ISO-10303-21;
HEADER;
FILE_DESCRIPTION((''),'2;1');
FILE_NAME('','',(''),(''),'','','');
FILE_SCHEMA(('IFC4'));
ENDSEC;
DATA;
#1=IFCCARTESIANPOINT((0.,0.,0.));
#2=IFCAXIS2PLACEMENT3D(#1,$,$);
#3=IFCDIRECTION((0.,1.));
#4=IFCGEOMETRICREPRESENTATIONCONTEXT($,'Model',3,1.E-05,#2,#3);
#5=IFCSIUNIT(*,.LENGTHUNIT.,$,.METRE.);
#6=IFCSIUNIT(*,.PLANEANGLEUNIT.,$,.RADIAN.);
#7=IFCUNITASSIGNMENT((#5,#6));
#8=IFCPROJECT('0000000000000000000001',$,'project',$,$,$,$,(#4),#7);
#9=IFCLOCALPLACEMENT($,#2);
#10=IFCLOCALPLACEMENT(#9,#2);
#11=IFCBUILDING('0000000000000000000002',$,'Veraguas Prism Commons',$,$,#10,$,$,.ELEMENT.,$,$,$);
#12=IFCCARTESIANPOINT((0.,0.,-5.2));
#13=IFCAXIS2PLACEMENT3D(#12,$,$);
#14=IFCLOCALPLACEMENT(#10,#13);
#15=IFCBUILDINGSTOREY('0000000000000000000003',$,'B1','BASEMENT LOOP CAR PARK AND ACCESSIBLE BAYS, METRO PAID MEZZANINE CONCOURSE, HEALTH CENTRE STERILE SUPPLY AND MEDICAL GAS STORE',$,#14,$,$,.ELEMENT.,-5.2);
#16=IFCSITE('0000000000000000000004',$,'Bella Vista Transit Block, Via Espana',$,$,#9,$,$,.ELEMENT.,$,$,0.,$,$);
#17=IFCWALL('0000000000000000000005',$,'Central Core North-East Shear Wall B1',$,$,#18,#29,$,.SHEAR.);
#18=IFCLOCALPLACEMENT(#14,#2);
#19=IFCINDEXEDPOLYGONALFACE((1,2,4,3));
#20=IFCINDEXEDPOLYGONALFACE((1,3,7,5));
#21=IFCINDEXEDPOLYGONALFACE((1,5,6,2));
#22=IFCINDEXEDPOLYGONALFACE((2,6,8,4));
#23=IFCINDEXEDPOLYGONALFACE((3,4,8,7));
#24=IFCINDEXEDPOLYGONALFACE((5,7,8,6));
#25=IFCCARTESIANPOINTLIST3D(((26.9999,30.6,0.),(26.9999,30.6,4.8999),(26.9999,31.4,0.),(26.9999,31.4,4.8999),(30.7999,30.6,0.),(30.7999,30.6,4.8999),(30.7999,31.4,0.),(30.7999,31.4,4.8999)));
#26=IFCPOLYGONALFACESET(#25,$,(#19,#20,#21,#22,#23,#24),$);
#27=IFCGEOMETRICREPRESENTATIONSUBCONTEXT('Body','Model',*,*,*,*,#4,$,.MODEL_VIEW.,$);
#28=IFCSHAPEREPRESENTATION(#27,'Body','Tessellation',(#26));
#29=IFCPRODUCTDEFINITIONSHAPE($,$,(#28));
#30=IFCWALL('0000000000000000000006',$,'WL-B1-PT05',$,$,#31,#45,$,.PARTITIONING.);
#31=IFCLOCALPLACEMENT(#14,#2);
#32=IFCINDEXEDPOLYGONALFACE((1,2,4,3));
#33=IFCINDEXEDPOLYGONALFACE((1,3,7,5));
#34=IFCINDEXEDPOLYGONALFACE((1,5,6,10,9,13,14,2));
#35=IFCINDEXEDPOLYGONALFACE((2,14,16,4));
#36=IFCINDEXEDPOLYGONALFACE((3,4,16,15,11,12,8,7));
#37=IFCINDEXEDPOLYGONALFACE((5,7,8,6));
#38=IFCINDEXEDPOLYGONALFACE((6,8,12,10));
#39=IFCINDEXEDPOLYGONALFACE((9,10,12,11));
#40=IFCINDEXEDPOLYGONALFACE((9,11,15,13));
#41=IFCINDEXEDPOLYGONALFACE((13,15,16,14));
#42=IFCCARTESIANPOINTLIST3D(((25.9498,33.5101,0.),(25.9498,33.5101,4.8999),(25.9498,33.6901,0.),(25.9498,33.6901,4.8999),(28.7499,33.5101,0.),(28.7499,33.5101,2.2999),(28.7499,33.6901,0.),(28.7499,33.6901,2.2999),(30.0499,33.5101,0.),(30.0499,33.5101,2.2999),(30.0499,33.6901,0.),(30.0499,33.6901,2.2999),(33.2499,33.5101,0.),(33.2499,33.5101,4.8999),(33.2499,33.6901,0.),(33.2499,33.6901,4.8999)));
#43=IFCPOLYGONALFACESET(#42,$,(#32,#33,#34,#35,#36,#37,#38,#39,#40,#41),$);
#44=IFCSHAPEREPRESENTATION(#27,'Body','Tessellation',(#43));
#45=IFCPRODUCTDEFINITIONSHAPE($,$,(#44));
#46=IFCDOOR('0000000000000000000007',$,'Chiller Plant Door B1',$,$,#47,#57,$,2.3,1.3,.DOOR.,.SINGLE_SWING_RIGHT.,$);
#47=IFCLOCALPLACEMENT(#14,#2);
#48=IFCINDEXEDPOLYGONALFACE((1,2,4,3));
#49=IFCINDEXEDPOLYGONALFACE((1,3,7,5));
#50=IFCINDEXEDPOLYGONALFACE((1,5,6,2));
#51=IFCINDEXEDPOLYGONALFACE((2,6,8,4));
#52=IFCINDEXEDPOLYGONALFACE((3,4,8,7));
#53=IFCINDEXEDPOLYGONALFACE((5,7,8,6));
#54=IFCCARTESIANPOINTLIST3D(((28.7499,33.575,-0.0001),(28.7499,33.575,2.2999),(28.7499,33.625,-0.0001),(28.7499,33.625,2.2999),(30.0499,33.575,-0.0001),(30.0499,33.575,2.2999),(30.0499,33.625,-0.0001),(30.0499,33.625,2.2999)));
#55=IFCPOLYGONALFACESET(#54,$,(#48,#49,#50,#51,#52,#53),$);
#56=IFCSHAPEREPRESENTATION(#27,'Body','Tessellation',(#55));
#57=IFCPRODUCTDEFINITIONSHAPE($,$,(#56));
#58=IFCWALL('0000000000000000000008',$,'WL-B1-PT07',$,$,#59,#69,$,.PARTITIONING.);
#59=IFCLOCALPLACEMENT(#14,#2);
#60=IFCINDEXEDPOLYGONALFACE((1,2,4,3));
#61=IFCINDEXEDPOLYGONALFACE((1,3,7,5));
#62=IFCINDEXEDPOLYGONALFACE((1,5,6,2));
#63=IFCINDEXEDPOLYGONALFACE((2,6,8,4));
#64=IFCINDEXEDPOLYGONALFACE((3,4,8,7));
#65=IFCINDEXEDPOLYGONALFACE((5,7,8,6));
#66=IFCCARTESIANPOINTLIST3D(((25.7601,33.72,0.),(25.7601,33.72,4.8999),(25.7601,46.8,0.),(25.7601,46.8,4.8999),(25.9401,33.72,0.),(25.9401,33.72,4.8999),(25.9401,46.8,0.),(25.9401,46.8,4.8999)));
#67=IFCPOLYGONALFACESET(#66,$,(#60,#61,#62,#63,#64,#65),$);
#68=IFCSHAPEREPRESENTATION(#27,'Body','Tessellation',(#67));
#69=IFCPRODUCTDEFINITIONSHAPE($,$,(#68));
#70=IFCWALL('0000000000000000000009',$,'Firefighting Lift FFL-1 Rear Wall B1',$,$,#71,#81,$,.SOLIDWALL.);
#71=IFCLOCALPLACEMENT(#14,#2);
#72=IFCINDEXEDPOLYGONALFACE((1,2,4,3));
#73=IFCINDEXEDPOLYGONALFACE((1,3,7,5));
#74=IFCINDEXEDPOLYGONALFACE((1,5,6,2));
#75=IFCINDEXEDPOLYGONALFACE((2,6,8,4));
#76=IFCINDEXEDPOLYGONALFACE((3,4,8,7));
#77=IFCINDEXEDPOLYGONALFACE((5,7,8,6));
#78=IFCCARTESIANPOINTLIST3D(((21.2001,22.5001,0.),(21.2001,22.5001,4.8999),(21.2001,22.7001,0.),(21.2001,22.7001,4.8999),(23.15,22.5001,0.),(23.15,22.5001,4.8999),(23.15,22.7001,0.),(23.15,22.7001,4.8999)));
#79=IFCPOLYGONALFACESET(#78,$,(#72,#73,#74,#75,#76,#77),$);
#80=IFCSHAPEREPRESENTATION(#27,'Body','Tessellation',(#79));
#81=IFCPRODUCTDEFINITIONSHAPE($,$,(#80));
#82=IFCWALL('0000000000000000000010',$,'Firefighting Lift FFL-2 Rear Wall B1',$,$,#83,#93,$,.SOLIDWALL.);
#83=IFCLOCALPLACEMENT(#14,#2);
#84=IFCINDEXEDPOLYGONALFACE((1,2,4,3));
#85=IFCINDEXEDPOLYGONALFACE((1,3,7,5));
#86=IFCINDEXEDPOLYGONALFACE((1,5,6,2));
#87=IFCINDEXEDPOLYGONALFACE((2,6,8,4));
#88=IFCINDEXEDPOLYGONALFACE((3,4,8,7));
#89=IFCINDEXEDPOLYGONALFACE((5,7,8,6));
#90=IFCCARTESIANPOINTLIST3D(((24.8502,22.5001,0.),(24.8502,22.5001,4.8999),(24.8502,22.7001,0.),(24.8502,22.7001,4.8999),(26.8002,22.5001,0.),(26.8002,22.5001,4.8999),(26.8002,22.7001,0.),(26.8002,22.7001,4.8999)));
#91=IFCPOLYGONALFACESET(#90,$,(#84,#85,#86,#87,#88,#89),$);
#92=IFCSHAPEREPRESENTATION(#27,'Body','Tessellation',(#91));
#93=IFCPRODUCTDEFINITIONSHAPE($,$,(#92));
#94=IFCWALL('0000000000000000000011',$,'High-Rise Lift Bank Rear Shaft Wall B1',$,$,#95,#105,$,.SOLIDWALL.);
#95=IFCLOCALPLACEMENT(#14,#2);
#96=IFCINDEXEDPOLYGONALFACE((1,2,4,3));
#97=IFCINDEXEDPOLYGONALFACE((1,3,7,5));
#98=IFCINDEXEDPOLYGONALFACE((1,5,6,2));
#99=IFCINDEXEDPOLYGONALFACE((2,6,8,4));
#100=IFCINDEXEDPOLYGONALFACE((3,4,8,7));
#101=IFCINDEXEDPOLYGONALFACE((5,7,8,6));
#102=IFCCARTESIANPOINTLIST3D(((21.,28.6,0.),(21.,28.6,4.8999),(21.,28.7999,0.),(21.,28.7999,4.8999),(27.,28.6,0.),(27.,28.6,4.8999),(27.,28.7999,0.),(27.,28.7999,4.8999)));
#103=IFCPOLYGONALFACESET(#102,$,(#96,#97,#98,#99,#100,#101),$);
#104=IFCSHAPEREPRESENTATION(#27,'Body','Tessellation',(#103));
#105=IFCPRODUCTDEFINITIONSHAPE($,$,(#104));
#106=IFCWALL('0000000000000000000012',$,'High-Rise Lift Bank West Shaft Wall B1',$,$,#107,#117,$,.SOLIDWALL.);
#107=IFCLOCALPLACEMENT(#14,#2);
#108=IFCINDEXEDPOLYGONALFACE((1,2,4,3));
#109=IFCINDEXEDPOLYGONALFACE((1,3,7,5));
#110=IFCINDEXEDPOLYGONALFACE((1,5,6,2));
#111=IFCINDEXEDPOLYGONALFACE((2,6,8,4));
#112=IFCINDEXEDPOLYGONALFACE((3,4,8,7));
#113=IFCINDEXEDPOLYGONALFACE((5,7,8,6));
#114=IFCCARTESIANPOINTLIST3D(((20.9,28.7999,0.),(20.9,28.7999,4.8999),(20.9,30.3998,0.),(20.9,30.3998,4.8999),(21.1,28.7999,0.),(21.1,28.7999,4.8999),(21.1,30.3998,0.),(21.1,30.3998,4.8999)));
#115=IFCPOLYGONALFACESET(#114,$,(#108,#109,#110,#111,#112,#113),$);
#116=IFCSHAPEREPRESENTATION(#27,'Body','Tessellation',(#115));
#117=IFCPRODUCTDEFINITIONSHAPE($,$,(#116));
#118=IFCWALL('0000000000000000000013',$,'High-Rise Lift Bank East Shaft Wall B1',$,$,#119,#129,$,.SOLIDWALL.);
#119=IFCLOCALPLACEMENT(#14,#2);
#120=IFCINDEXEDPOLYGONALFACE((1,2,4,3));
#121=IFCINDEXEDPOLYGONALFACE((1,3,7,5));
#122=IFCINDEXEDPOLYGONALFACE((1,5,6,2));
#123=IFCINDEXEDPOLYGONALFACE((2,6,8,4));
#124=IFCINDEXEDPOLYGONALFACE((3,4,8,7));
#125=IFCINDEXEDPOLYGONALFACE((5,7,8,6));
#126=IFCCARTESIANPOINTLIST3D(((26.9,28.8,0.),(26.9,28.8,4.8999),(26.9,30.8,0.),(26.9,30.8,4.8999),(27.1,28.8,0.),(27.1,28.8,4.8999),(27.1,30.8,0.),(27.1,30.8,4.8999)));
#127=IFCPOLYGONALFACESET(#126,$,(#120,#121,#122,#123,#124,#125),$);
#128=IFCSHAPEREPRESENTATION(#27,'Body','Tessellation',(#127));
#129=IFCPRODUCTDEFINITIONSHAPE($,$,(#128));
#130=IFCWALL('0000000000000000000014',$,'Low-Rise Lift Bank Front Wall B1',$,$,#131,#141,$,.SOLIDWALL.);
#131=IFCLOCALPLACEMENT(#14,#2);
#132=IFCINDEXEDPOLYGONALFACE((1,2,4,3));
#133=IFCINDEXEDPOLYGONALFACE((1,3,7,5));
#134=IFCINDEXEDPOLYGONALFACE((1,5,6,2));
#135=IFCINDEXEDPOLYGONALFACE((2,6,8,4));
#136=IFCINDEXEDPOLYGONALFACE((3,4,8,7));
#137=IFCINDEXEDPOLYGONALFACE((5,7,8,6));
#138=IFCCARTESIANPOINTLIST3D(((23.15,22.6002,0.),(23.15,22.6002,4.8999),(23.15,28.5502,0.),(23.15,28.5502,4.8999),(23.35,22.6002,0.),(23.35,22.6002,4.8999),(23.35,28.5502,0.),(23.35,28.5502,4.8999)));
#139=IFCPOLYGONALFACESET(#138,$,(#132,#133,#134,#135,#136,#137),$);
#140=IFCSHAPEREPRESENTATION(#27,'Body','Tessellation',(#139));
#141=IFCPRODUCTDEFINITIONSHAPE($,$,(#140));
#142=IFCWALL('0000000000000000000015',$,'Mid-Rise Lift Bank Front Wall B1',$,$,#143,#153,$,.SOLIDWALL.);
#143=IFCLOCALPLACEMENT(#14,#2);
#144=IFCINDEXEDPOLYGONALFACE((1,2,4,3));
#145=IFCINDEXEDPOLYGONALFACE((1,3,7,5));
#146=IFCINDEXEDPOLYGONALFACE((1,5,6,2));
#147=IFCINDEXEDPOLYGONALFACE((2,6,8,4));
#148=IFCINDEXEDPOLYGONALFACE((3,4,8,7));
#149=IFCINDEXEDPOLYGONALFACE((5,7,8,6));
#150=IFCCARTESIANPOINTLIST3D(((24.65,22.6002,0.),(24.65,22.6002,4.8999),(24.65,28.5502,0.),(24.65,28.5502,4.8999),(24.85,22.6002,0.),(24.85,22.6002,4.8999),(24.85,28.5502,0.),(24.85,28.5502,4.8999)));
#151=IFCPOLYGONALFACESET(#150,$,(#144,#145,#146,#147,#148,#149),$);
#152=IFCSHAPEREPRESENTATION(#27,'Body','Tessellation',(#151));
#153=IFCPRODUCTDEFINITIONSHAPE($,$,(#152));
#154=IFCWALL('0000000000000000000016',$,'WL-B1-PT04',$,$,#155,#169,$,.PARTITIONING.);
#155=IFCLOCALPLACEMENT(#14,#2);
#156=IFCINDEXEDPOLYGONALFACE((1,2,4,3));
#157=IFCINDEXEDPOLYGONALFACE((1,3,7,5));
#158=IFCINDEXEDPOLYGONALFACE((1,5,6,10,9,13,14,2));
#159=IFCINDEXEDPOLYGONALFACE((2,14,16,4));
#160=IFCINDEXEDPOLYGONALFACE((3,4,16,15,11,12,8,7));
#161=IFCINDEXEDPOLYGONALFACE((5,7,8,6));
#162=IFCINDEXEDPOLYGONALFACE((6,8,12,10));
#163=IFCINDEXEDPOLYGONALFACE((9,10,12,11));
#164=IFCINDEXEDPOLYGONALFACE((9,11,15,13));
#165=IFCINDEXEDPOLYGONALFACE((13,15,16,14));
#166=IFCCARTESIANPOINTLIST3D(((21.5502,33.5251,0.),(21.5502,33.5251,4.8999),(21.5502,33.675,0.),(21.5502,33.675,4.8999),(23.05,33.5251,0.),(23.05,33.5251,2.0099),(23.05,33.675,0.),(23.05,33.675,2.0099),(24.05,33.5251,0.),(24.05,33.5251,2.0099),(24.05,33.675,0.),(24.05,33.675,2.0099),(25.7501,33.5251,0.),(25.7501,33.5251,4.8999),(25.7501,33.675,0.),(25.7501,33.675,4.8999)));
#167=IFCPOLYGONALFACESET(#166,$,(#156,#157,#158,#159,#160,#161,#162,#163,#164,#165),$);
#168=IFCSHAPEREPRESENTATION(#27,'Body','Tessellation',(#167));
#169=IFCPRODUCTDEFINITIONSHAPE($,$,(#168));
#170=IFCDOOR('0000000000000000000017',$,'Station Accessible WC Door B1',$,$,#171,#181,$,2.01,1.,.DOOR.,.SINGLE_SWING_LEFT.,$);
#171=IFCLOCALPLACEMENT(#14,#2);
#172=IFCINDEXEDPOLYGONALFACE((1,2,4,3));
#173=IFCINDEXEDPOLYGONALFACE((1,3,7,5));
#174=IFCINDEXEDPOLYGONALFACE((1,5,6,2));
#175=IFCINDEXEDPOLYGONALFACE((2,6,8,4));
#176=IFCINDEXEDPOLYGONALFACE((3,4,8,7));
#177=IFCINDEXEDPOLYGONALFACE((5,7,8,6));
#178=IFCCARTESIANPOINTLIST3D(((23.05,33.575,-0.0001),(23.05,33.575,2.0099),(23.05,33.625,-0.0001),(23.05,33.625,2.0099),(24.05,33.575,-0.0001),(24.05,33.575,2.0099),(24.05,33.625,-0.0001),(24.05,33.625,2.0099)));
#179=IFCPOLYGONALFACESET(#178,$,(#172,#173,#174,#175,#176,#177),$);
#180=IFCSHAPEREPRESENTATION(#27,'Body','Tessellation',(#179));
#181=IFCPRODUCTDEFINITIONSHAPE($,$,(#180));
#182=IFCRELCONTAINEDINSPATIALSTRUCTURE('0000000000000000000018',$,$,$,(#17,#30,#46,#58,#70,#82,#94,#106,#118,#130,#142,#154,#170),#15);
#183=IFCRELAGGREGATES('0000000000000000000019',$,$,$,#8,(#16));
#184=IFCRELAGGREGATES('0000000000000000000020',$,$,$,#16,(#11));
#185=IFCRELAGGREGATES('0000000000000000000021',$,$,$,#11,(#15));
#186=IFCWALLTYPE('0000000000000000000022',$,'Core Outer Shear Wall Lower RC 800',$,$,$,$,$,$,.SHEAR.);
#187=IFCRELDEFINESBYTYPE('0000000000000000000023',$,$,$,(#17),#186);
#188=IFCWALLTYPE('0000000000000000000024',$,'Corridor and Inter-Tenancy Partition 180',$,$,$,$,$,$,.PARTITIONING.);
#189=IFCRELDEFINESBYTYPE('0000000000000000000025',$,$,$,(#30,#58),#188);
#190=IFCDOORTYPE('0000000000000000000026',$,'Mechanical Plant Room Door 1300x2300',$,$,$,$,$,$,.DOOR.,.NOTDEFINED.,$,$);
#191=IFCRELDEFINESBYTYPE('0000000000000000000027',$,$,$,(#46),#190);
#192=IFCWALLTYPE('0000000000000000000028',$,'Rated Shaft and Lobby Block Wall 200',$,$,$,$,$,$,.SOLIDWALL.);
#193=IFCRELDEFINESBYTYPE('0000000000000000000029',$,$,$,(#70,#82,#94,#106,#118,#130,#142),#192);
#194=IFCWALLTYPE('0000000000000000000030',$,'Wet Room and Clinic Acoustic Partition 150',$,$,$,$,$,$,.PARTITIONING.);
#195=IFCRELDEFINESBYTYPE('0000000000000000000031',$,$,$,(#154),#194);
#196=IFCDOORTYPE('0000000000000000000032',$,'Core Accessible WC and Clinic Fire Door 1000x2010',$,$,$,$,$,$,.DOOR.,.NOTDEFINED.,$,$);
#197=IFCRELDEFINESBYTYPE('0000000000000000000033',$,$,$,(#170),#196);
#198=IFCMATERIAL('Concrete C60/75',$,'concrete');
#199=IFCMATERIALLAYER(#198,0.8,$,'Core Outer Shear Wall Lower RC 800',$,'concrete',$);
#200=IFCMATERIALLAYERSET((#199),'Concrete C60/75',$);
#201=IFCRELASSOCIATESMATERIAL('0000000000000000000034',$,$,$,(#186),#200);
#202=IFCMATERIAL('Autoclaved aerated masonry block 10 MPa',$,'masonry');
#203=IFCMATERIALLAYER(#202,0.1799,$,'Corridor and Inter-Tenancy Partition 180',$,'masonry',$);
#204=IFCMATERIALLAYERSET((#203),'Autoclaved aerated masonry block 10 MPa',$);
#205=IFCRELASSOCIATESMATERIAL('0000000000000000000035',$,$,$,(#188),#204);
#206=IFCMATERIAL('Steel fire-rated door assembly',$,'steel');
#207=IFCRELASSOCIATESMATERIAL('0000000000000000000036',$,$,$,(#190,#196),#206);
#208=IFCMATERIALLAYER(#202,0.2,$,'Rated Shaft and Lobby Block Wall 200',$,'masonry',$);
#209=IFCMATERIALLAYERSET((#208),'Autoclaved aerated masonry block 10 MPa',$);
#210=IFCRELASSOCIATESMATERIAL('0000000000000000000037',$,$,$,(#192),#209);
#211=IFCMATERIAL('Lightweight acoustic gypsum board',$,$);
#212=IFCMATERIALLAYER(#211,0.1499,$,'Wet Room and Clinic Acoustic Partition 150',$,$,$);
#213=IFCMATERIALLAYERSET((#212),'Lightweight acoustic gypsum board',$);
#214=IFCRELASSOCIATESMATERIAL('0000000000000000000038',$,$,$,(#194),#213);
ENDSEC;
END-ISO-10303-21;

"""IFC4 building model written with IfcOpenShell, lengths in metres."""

from ifc_helpers import new_model, si_unit, direction, frame, frame_2d, origin, place, context, subcontext, project, spatial, rectangle, extrude, source, transform, mapped, material, layer, layer_set, type_object, element, fill, save


model = new_model("IFC4")

# Units and contexts
model_context = context("Model", 3, precision=1e-05, world=origin(), true_north=direction((0.0, 1.0)))
body_context = subcontext(model_context, "Body", "Model", "MODEL_VIEW")
ifc_project = project(units=[si_unit("LENGTHUNIT", "METRE"), si_unit("PLANEANGLEUNIT", "RADIAN")], contexts=[model_context])

# Site, building, storey
site_placement = place(None, origin())
site = spatial("IfcSite", under=ifc_project, at=site_placement, Name="Bella Vista Transit Block, Via Espana", CompositionType="ELEMENT", RefElevation=0.0)
building_placement = place(site_placement, origin())
building = spatial("IfcBuilding", under=site, at=building_placement, Name="Veraguas Prism Commons", CompositionType="ELEMENT")
storey_placement = place(building_placement, frame((0.0, 0.0, -5.2)))
storey = spatial("IfcBuildingStorey", under=building, at=storey_placement, Name="B1", Description="BASEMENT LOOP CAR PARK AND ACCESSIBLE BAYS, METRO PAID MEZZANINE CONCOURSE, HEALTH CENTRE STERILE SUPPLY AND MEDICAL GAS STORE", CompositionType="ELEMENT", Elevation=-5.2)

# Shared definitions
ifc_material_1 = material(Name="Concrete C60/75", Category="concrete")

# Wall
ifc_layer_1 = layer(ifc_material_1, 0.8, Name="Core Outer Shear Wall Lower RC 800", Category="concrete")
ifc_layer_set_1 = layer_set([ifc_layer_1], Name="Concrete C60/75")
wall_type_1 = type_object("IfcWallType", Name="Core Outer Shear Wall Lower RC 800", PredefinedType="SHEAR", material=ifc_layer_set_1)
wall_1_placement = place(storey_placement, frame((27.0, 31.0, 0.0), z_axis=(0.0, 0.0, 1.0), x_axis=(1.0, 0.0, 0.0)))
element("IfcWall", 1, at=wall_1_placement, inside=storey, type_object=wall_type_1, Name="Central Core North-East Shear Wall B1", PredefinedType="SHEAR", context=body_context, shape_type="SweptSolid", body=[
    extrude(rectangle(XDim=3.8, YDim=0.8, at=frame_2d((1.8999, 0.0))), origin(), (0.0, 0.0, 1.0), 4.8999),
])

# Wall, opening, door
ifc_material_2 = material(Name="Autoclaved aerated masonry block 10 MPa", Category="masonry")
ifc_layer_2 = layer(ifc_material_2, 0.1799, Name="Corridor and Inter-Tenancy Partition 180", Category="masonry")
ifc_layer_set_2 = layer_set([ifc_layer_2], Name="Autoclaved aerated masonry block 10 MPa")
wall_type_2 = type_object("IfcWallType", Name="Corridor and Inter-Tenancy Partition 180", PredefinedType="PARTITIONING", material=ifc_layer_set_2)
wall_2_placement = place(storey_placement, frame((25.95, 33.6001, 0.0), z_axis=(0.0, 0.0, 1.0), x_axis=(1.0, 0.0, 0.0)))
wall_2 = element("IfcWall", 2, at=wall_2_placement, inside=storey, type_object=wall_type_2, Name="WL-B1-PT05", PredefinedType="PARTITIONING", context=body_context, shape_type="SweptSolid", body=[
    extrude(rectangle(XDim=7.3, YDim=0.1799, at=frame_2d((3.6499, 0.0))), origin(), (0.0, 0.0, 1.0), 4.8999),
])
opening_1_placement = place(wall_2_placement, frame((2.8, 0.0, 0.0)))
opening_1 = element("IfcOpeningElement", 3, at=opening_1_placement, cuts=wall_2, PredefinedType="OPENING", context=body_context, shape_type="SweptSolid", body=[
    extrude(rectangle(XDim=1.3, YDim=2.3, at=frame_2d((0.6499, 1.1499))), frame((0.0, 0.0999, 0.0), z_axis=(0.0, -1.0, 0.0), x_axis=(1.0, 0.0, 0.0)), (0.0, 0.0, 1.0), 0.2),
])
ifc_material_3 = material(Name="Steel fire-rated door assembly", Category="steel")
door_type_1 = type_object("IfcDoorType", Name="Mechanical Plant Room Door 1300x2300", OperationType="NOTDEFINED", PredefinedType="DOOR", material=ifc_material_3)
shared_shape_1 = source(origin(), body_context, "Body", "SweptSolid", [
    extrude(rectangle(XDim=1.3, YDim=2.3, at=frame_2d((0.6499, 1.1499))), frame((0.0, 0.0249, 0.0), z_axis=(0.0, -1.0, 0.0), x_axis=(1.0, 0.0, 0.0)), (0.0, 0.0, 1.0), 0.05),
])
door_1_placement = place(opening_1_placement, origin())
door_1 = element("IfcDoor", 4, at=door_1_placement, inside=storey, type_object=door_type_1, Name="Chiller Plant Door B1", OperationType="SINGLE_SWING_RIGHT", OverallHeight=2.3, OverallWidth=1.3, PredefinedType="DOOR", context=body_context, shape_type="MappedRepresentation", body=[
    mapped(shared_shape_1, transform((0.0, 0.0, 0.0), scale=1.0)),
])
fill(opening_1, door_1)

# Walls
wall_3_placement = place(storey_placement, frame((25.8501, 33.72, 0.0), z_axis=(0.0, 0.0, 1.0), x_axis=(0.0, 1.0, 0.0)))
element("IfcWall", 5, at=wall_3_placement, inside=storey, type_object=wall_type_2, Name="WL-B1-PT07", PredefinedType="PARTITIONING", context=body_context, shape_type="SweptSolid", body=[
    extrude(rectangle(XDim=13.0801, YDim=0.1799, at=frame_2d((6.54, 0.0))), origin(), (0.0, 0.0, 1.0), 4.8999),
])
ifc_layer_3 = layer(ifc_material_2, 0.2, Name="Rated Shaft and Lobby Block Wall 200", Category="masonry")
ifc_layer_set_3 = layer_set([ifc_layer_3], Name="Autoclaved aerated masonry block 10 MPa")
wall_type_3 = type_object("IfcWallType", Name="Rated Shaft and Lobby Block Wall 200", PredefinedType="SOLIDWALL", material=ifc_layer_set_3)
for number, where, z_axis, x_axis, name in (
    (6, (21.2, 22.6001, 0.0), (0.0, 0.0, 1.0), (1.0, 0.0, 0.0), "Firefighting Lift FFL-1 Rear Wall B1"),
    (7, (24.8501, 22.6001, 0.0), (0.0, 0.0, 1.0), (1.0, 0.0, 0.0), "Firefighting Lift FFL-2 Rear Wall B1"),
):
    element("IfcWall", number, at=place(storey_placement, frame(where, z_axis=z_axis, x_axis=x_axis)), inside=storey, type_object=wall_type_3, Name=name, PredefinedType="SOLIDWALL", context=body_context, shape_type="SweptSolid", body=[
        extrude(rectangle(XDim=1.95, YDim=0.2, at=frame_2d((0.9751, 0.0))), origin(), (0.0, 0.0, 1.0), 4.8999),
    ])
wall_4_placement = place(storey_placement, frame((21.0, 28.7, 0.0), z_axis=(0.0, 0.0, 1.0), x_axis=(1.0, 0.0, 0.0)))
element("IfcWall", 8, at=wall_4_placement, inside=storey, type_object=wall_type_3, Name="High-Rise Lift Bank Rear Shaft Wall B1", PredefinedType="SOLIDWALL", context=body_context, shape_type="SweptSolid", body=[
    extrude(rectangle(XDim=6.0, YDim=0.2, at=frame_2d((3.0, 0.0))), origin(), (0.0, 0.0, 1.0), 4.8999),
])
wall_5_placement = place(storey_placement, frame((21.0, 28.8, 0.0), z_axis=(0.0, 0.0, 1.0), x_axis=(0.0, 1.0, 0.0)))
element("IfcWall", 9, at=wall_5_placement, inside=storey, type_object=wall_type_3, Name="High-Rise Lift Bank West Shaft Wall B1", PredefinedType="SOLIDWALL", context=body_context, shape_type="SweptSolid", body=[
    extrude(rectangle(XDim=1.5999, YDim=0.2, at=frame_2d((0.7998, 0.0))), origin(), (0.0, 0.0, 1.0), 4.8999),
])
wall_6_placement = place(storey_placement, frame((27.0, 28.8, 0.0), z_axis=(0.0, 0.0, 1.0), x_axis=(0.0, 1.0, 0.0)))
element("IfcWall", 10, at=wall_6_placement, inside=storey, type_object=wall_type_3, Name="High-Rise Lift Bank East Shaft Wall B1", PredefinedType="SOLIDWALL", context=body_context, shape_type="SweptSolid", body=[
    extrude(rectangle(XDim=2.0, YDim=0.2, at=frame_2d((1.0, 0.0))), origin(), (0.0, 0.0, 1.0), 4.8999),
])
for number, where, z_axis, x_axis, name in (
    (11, (23.25, 22.6001, 0.0), (0.0, 0.0, 1.0), (0.0, 1.0, 0.0), "Low-Rise Lift Bank Front Wall B1"),
    (12, (24.75, 22.6001, 0.0), (0.0, 0.0, 1.0), (0.0, 1.0, 0.0), "Mid-Rise Lift Bank Front Wall B1"),
):
    element("IfcWall", number, at=place(storey_placement, frame(where, z_axis=z_axis, x_axis=x_axis)), inside=storey, type_object=wall_type_3, Name=name, PredefinedType="SOLIDWALL", context=body_context, shape_type="SweptSolid", body=[
        extrude(rectangle(XDim=5.95, YDim=0.2, at=frame_2d((2.9751, 0.0))), origin(), (0.0, 0.0, 1.0), 4.8999),
    ])

# Wall, opening, door
ifc_material_4 = material(Name="Lightweight acoustic gypsum board")
ifc_layer_4 = layer(ifc_material_4, 0.1499, Name="Wet Room and Clinic Acoustic Partition 150")
ifc_layer_set_4 = layer_set([ifc_layer_4], Name="Lightweight acoustic gypsum board")
wall_type_4 = type_object("IfcWallType", Name="Wet Room and Clinic Acoustic Partition 150", PredefinedType="PARTITIONING", material=ifc_layer_set_4)
wall_7_placement = place(storey_placement, frame((21.55, 33.6001, 0.0), z_axis=(0.0, 0.0, 1.0), x_axis=(1.0, 0.0, 0.0)))
wall_7 = element("IfcWall", 13, at=wall_7_placement, inside=storey, type_object=wall_type_4, Name="WL-B1-PT04", PredefinedType="PARTITIONING", context=body_context, shape_type="SweptSolid", body=[
    extrude(rectangle(XDim=4.2, YDim=0.1499, at=frame_2d((2.1001, 0.0))), origin(), (0.0, 0.0, 1.0), 4.8999),
])
opening_2_placement = place(wall_7_placement, frame((1.5, 0.0, 0.0)))
opening_2 = element("IfcOpeningElement", 14, at=opening_2_placement, cuts=wall_7, PredefinedType="OPENING", context=body_context, shape_type="SweptSolid", body=[
    extrude(rectangle(XDim=1.0, YDim=2.01, at=frame_2d((0.5, 1.0049))), frame((0.0, 0.085, 0.0), z_axis=(0.0, -1.0, 0.0), x_axis=(1.0, 0.0, 0.0)), (0.0, 0.0, 1.0), 0.1699),
])
door_type_2 = type_object("IfcDoorType", Name="Core Accessible WC and Clinic Fire Door 1000x2010", OperationType="NOTDEFINED", PredefinedType="DOOR", material=ifc_material_3)
shared_shape_2 = source(origin(), body_context, "Body", "SweptSolid", [
    extrude(rectangle(XDim=1.0, YDim=2.01, at=frame_2d((0.5, 1.0049))), frame((0.0, 0.0249, 0.0), z_axis=(0.0, -1.0, 0.0), x_axis=(1.0, 0.0, 0.0)), (0.0, 0.0, 1.0), 0.05),
])
door_2_placement = place(opening_2_placement, origin())
door_2 = element("IfcDoor", 15, at=door_2_placement, inside=storey, type_object=door_type_2, Name="Station Accessible WC Door B1", OperationType="SINGLE_SWING_LEFT", OverallHeight=2.01, OverallWidth=1.0, PredefinedType="DOOR", context=body_context, shape_type="MappedRepresentation", body=[
    mapped(shared_shape_2, transform((0.0, 0.0, 0.0), scale=1.0)),
])
fill(opening_2, door_2)

save(model, "model.ifc")
